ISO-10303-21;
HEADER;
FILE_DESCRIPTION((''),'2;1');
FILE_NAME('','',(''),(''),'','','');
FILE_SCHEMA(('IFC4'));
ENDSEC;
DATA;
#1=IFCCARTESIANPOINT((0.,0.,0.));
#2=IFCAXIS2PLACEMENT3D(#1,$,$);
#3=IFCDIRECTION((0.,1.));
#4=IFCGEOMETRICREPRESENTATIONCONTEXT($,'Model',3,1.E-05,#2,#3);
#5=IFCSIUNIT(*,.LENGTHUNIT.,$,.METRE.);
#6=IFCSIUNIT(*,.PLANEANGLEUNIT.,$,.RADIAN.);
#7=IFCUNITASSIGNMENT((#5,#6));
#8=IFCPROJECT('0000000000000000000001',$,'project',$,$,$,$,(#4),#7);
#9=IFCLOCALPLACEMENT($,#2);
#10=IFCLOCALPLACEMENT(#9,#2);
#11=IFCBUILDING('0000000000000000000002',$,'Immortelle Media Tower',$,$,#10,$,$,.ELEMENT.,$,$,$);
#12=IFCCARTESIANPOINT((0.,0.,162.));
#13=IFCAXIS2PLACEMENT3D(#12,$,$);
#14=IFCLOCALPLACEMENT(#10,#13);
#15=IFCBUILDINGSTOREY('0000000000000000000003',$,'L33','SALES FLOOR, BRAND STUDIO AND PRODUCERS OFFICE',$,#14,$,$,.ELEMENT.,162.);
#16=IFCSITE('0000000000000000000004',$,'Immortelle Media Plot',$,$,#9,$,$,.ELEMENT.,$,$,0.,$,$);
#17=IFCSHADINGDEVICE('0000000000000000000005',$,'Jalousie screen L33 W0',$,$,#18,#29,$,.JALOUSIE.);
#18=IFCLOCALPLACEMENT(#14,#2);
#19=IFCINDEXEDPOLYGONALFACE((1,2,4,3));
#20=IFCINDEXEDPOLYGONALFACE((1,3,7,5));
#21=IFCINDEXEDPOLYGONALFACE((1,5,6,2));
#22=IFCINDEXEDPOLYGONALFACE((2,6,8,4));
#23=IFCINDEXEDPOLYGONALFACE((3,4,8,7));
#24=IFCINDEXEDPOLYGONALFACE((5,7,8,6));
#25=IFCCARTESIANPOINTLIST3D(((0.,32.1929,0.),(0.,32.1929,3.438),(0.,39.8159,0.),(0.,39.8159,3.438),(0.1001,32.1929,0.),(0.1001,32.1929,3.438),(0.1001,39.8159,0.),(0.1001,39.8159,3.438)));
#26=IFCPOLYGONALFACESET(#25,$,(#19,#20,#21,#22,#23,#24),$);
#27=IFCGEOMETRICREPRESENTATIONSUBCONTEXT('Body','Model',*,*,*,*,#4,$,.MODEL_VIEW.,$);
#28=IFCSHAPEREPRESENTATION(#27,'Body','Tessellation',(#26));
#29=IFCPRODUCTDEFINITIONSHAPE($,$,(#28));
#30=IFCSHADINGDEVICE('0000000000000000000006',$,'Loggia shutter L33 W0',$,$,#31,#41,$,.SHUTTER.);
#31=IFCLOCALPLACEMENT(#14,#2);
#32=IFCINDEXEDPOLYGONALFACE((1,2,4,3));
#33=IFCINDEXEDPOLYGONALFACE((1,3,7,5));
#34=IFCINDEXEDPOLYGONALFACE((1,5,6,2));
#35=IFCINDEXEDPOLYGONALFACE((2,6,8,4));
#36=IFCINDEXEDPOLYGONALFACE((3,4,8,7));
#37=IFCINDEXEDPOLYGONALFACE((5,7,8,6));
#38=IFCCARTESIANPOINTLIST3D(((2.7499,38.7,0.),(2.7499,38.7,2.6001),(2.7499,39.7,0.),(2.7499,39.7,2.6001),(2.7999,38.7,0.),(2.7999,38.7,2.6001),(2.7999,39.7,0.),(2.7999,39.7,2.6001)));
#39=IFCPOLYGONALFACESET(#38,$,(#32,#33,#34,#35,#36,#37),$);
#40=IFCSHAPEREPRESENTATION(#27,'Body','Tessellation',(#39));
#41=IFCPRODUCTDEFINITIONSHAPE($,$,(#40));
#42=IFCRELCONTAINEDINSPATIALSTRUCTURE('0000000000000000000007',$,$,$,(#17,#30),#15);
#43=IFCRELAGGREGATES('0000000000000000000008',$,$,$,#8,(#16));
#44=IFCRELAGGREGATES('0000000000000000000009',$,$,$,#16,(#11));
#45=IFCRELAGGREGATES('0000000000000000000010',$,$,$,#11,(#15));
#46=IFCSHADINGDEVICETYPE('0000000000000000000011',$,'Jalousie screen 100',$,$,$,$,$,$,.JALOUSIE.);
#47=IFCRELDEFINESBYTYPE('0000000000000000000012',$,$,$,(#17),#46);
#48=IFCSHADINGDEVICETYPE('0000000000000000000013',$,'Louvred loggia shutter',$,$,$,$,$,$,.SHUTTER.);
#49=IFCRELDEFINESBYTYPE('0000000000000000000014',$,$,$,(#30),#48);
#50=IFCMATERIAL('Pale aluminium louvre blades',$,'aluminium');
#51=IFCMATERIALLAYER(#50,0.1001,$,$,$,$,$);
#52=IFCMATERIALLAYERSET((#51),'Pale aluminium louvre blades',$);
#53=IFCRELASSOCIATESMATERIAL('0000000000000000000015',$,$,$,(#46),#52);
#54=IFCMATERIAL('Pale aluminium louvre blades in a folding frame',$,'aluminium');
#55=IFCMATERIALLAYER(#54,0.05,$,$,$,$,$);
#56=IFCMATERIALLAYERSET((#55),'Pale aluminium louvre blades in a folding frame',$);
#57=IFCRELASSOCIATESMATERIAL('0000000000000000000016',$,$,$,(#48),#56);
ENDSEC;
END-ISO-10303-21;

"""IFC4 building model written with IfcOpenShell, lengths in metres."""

from ifc_helpers import new_model, si_unit, direction, frame, origin, origin_2d, place, context, subcontext, project, spatial, rectangle, extrude, material, layer, layer_set, type_object, element, save


model = new_model("IFC4")

# Units and contexts
model_context = context("Model", 3, precision=1e-05, world=origin(), true_north=direction((0.0, 1.0)))
body_context = subcontext(model_context, "Body", "Model", "MODEL_VIEW")
ifc_project = project(units=[si_unit("LENGTHUNIT", "METRE"), si_unit("PLANEANGLEUNIT", "RADIAN")], contexts=[model_context])

# Site, building, storey
site_placement = place(None, origin())
site = spatial("IfcSite", under=ifc_project, at=site_placement, Name="Immortelle Media Plot", CompositionType="ELEMENT", RefElevation=0.0)
building_placement = place(site_placement, origin())
building = spatial("IfcBuilding", under=site, at=building_placement, Name="Immortelle Media Tower", CompositionType="ELEMENT")
storey_placement = place(building_placement, frame((0.0, 0.0, 162.0)))
storey = spatial("IfcBuildingStorey", under=building, at=storey_placement, Name="L33", Description="SALES FLOOR, BRAND STUDIO AND PRODUCERS OFFICE", CompositionType="ELEMENT", Elevation=162.0)

# Shading devices
ifc_material_1 = material(Name="Pale aluminium louvre blades", Category="aluminium")
ifc_layer_1 = layer(ifc_material_1, 0.1001)
ifc_layer_set_1 = layer_set([ifc_layer_1], Name="Pale aluminium louvre blades")
shading_device_type_1 = type_object("IfcShadingDeviceType", Name="Jalousie screen 100", PredefinedType="JALOUSIE", material=ifc_layer_set_1)
shading_device_1_placement = place(storey_placement, frame((0.05, 36.0044, 0.0), z_axis=(0.0, 0.0, 1.0), x_axis=(0.0, -1.0, 0.0)))
element("IfcShadingDevice", 1, at=shading_device_1_placement, inside=storey, type_object=shading_device_type_1, Name="Jalousie screen L33 W0", PredefinedType="JALOUSIE", context=body_context, shape_type="SweptSolid", body=[
    extrude(rectangle(XDim=7.623, YDim=0.1001, at=origin_2d()), origin(), (0.0, 0.0, 1.0), 3.438),
])
ifc_material_2 = material(Name="Pale aluminium louvre blades in a folding frame", Category="aluminium")
ifc_layer_2 = layer(ifc_material_2, 0.05)
ifc_layer_set_2 = layer_set([ifc_layer_2], Name="Pale aluminium louvre blades in a folding frame")
shading_device_type_2 = type_object("IfcShadingDeviceType", Name="Louvred loggia shutter", PredefinedType="SHUTTER", material=ifc_layer_set_2)
shading_device_2_placement = place(storey_placement, frame((2.7749, 39.2, 0.0), z_axis=(0.0, 0.0, 1.0), x_axis=(0.0, -1.0, 0.0)))
element("IfcShadingDevice", 2, at=shading_device_2_placement, inside=storey, type_object=shading_device_type_2, Name="Loggia shutter L33 W0", PredefinedType="SHUTTER", context=body_context, shape_type="SweptSolid", body=[
    extrude(rectangle(XDim=1.0, YDim=0.05, at=origin_2d()), origin(), (0.0, 0.0, 1.0), 2.6001),
])

save(model, "model.ifc")
